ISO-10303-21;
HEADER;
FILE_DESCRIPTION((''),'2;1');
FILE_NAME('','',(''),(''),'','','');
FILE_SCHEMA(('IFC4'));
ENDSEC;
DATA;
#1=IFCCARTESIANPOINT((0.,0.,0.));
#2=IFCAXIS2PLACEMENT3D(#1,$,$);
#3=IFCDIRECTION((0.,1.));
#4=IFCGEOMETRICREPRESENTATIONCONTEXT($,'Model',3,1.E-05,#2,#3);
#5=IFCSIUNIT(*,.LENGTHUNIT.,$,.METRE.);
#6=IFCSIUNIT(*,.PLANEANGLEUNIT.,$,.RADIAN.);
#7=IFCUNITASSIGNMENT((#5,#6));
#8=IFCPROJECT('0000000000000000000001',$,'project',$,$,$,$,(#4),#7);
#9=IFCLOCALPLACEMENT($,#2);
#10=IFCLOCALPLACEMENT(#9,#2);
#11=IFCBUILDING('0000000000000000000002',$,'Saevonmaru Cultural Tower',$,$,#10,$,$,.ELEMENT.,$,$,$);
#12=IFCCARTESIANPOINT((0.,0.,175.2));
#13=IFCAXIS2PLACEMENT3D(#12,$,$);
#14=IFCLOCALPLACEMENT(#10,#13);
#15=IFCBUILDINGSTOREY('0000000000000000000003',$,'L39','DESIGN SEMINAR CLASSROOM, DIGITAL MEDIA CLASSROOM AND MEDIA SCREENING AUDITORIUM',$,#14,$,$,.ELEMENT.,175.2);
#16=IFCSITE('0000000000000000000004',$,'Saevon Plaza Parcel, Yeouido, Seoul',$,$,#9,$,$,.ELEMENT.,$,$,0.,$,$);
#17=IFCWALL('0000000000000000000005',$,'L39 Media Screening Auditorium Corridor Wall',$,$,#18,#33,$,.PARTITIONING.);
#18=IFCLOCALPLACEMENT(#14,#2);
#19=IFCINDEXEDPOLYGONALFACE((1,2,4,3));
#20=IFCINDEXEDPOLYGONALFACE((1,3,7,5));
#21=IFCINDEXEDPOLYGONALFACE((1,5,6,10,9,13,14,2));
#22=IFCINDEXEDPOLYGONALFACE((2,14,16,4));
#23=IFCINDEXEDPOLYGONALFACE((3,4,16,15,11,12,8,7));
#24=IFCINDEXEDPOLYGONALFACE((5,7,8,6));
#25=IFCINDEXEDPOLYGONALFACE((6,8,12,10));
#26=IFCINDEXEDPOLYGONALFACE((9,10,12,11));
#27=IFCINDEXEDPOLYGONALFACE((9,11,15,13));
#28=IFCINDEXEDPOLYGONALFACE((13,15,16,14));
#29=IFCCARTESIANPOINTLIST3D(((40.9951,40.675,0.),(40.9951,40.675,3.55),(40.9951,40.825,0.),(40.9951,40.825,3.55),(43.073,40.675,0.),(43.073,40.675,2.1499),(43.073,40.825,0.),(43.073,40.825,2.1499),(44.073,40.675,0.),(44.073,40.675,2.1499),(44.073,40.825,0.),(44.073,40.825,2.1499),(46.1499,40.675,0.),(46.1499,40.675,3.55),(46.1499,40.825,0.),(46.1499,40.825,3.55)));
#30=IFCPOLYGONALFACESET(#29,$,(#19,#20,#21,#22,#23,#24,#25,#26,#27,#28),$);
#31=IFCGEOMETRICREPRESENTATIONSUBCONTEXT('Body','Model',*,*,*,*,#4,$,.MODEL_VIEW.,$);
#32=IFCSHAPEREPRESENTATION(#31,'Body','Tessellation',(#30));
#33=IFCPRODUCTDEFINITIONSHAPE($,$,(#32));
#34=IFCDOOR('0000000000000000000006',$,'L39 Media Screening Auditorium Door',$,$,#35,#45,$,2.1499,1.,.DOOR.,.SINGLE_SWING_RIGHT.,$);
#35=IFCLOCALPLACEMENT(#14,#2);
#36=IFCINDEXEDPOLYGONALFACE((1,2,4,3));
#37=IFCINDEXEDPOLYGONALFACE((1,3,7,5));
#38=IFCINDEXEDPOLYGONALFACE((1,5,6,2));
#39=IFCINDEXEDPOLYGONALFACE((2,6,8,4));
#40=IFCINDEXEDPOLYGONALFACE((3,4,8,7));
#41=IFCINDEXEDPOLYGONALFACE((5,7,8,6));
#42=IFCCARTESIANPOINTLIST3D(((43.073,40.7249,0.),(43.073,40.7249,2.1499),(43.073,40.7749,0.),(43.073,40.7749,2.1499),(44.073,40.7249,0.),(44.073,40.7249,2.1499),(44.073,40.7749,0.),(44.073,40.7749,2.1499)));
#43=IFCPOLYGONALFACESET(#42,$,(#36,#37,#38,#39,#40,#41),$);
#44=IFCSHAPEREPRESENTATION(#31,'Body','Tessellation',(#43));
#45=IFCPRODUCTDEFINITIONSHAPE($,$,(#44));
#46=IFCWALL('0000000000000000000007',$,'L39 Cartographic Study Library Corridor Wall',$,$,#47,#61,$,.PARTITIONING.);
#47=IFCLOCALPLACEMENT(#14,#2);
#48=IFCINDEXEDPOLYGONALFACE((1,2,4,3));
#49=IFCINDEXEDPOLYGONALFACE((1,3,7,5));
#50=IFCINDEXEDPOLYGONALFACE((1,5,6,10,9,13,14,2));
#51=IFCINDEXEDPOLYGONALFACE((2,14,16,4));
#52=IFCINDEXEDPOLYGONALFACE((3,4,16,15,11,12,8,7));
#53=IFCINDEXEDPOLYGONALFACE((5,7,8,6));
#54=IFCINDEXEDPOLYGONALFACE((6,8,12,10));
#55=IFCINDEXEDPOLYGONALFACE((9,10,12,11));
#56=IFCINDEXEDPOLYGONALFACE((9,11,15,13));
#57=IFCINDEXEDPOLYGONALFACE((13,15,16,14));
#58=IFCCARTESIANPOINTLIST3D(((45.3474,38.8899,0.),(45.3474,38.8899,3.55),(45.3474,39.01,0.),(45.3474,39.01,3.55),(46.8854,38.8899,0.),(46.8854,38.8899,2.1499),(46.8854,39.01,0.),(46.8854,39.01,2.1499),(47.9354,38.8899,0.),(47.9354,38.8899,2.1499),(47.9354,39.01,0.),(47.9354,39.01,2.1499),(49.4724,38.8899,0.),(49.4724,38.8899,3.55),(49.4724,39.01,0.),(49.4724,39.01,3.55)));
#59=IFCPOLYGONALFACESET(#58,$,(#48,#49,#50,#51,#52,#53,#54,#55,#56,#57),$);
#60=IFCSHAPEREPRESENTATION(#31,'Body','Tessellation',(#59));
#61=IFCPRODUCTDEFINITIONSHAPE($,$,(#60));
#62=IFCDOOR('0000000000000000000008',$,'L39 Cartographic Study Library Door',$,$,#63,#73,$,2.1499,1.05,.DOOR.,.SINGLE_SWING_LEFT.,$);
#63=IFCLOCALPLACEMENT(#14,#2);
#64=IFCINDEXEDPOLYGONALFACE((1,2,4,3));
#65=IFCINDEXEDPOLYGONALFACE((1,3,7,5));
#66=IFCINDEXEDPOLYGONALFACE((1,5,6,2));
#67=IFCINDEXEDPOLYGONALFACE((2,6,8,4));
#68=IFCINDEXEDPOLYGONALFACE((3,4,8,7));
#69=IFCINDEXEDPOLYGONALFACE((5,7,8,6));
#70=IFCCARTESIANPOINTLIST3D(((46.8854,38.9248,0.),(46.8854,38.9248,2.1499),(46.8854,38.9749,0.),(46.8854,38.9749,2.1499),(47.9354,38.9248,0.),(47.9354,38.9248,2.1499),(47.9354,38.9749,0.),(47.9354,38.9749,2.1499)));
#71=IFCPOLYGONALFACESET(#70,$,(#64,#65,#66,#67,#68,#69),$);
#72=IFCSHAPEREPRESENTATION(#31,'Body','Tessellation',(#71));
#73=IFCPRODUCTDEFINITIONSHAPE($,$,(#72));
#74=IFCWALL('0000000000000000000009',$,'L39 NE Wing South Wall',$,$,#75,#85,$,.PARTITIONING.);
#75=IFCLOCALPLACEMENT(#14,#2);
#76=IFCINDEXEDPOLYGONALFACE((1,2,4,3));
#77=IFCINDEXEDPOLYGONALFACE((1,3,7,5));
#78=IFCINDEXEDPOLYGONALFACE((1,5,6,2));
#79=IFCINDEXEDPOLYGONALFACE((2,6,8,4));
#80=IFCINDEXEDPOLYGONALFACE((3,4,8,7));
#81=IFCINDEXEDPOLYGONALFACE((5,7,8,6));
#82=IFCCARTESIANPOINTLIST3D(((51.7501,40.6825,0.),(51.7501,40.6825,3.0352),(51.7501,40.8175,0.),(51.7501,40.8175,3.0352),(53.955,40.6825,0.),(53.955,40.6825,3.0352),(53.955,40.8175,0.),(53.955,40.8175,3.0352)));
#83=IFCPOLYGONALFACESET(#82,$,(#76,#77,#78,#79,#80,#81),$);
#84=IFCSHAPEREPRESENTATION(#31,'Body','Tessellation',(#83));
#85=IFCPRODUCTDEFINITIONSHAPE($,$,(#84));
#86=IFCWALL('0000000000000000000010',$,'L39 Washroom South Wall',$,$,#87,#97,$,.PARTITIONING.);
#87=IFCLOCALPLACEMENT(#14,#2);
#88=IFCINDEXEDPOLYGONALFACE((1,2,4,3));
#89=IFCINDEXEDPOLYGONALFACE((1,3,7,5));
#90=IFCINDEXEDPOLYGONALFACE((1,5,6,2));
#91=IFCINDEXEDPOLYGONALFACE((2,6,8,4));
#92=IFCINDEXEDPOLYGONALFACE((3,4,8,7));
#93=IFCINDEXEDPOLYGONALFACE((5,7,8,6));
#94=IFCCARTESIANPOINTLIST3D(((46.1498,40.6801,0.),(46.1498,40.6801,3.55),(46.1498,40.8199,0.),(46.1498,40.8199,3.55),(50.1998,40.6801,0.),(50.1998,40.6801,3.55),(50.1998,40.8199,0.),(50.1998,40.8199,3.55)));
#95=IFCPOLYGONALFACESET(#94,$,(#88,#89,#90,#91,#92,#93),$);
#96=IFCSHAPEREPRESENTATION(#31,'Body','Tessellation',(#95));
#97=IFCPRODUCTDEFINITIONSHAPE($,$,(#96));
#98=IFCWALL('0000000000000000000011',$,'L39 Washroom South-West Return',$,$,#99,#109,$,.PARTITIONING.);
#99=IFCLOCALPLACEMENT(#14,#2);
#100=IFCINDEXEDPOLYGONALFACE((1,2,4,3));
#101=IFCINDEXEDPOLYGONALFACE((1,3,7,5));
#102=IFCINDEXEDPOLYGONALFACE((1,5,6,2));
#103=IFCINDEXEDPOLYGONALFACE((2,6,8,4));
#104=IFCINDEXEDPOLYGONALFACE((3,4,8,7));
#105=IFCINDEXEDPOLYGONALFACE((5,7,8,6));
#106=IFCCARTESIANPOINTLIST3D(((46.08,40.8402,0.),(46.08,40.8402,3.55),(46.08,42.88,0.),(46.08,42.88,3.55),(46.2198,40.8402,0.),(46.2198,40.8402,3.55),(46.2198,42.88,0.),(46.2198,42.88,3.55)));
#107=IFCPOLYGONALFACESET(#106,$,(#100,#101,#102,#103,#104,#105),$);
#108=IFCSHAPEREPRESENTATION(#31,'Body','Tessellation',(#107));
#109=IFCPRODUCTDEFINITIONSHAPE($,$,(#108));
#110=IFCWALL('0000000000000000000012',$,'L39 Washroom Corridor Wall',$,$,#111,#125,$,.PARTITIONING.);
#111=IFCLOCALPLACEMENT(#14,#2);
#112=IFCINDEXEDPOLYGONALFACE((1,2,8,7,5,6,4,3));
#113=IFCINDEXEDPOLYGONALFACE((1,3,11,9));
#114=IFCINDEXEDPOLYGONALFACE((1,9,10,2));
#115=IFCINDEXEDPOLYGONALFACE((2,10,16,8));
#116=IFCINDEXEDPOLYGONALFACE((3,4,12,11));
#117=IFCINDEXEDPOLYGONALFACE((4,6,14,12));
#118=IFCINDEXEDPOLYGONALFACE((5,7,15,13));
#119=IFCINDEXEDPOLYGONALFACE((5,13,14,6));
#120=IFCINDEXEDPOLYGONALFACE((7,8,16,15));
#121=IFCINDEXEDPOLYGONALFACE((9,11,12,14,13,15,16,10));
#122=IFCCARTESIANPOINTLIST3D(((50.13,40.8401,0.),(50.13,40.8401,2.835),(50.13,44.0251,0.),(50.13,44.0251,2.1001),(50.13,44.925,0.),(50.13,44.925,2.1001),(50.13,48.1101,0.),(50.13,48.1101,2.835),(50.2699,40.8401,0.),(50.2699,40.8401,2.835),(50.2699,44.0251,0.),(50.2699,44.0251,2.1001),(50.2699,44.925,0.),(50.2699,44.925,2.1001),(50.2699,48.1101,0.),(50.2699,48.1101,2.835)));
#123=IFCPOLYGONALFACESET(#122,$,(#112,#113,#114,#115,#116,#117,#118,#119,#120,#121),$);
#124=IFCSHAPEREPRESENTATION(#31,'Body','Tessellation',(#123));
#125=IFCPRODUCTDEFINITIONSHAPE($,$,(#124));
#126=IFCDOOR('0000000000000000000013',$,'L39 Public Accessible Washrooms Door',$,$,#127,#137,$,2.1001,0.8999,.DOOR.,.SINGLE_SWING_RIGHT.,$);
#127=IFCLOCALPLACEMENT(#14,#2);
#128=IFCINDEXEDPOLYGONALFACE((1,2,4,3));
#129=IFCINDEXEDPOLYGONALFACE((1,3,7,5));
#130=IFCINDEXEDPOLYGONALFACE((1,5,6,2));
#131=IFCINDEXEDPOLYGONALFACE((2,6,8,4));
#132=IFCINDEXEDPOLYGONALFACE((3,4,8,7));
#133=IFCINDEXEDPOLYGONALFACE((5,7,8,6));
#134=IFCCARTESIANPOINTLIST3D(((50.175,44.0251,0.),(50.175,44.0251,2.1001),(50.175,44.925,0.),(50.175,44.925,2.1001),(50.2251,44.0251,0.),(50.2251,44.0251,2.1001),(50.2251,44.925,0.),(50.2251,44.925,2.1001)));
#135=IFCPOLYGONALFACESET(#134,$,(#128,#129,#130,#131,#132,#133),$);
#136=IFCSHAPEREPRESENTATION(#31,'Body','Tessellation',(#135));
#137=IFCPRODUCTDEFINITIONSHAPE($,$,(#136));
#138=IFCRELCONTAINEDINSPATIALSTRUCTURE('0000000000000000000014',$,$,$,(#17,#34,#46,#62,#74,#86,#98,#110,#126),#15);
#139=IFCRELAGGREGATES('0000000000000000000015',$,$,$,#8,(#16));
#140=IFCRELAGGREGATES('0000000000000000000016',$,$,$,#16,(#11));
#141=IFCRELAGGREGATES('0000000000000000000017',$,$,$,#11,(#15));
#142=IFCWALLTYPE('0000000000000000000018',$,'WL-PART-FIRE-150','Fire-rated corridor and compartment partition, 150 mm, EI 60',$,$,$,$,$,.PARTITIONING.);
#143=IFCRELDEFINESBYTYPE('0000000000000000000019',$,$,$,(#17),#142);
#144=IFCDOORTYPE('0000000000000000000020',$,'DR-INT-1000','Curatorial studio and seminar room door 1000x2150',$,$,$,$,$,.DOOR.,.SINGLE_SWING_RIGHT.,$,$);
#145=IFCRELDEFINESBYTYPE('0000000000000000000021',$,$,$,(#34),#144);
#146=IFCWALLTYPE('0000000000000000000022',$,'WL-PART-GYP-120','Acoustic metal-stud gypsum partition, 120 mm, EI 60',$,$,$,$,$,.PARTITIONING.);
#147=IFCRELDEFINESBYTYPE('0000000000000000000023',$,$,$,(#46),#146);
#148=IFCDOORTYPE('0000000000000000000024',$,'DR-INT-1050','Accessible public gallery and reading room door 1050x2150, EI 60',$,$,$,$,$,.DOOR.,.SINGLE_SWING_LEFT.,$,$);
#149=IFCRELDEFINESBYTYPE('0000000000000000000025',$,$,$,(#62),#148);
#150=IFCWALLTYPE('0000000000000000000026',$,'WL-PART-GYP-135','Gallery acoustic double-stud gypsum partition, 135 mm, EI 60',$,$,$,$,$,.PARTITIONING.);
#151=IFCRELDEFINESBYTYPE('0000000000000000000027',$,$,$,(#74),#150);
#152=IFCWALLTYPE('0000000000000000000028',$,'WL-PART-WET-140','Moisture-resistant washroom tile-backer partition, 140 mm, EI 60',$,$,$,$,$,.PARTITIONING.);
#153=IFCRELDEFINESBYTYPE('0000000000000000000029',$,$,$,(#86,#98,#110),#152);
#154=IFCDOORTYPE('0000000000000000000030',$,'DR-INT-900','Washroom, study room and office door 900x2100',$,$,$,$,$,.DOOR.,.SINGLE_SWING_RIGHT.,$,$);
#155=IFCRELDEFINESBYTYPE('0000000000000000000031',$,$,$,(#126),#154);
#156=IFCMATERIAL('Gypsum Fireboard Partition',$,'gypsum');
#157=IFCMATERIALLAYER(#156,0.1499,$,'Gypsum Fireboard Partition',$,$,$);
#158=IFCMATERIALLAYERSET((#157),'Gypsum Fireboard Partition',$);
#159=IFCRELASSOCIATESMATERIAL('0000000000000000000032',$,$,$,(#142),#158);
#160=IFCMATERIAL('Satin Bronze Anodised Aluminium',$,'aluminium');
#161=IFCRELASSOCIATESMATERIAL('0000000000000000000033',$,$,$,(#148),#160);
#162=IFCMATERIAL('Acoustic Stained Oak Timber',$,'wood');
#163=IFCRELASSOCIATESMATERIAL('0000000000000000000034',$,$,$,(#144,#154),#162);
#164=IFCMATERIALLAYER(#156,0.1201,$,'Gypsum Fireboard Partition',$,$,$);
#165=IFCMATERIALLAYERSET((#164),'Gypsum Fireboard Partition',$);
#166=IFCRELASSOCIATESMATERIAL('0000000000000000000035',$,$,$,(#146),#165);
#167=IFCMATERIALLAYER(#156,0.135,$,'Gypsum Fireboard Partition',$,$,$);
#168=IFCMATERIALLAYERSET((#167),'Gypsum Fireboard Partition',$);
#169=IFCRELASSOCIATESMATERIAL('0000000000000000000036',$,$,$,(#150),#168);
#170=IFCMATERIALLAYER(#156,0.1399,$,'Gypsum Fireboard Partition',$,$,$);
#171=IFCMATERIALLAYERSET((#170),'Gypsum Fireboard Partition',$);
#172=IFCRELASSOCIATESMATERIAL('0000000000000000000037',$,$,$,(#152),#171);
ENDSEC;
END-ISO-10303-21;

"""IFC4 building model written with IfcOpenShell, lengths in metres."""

from ifc_helpers import new_model, si_unit, direction, frame, frame_2d, origin, place, context, subcontext, project, spatial, rectangle, extrude, material, layer, layer_set, type_object, element, fill, save


model = new_model("IFC4")

# Units and contexts
model_context = context("Model", 3, precision=1e-05, world=origin(), true_north=direction((0.0, 1.0)))
body_context = subcontext(model_context, "Body", "Model", "MODEL_VIEW")
ifc_project = project(units=[si_unit("LENGTHUNIT", "METRE"), si_unit("PLANEANGLEUNIT", "RADIAN")], contexts=[model_context])

# Site, building, storey
site_placement = place(None, origin())
site = spatial("IfcSite", under=ifc_project, at=site_placement, Name="Saevon Plaza Parcel, Yeouido, Seoul", CompositionType="ELEMENT", RefElevation=0.0)
building_placement = place(site_placement, origin())
building = spatial("IfcBuilding", under=site, at=building_placement, Name="Saevonmaru Cultural Tower", CompositionType="ELEMENT")
storey_placement = place(building_placement, frame((0.0, 0.0, 175.2)))
storey = spatial("IfcBuildingStorey", under=building, at=storey_placement, Name="L39", Description="DESIGN SEMINAR CLASSROOM, DIGITAL MEDIA CLASSROOM AND MEDIA SCREENING AUDITORIUM", CompositionType="ELEMENT", Elevation=175.2)

# Shared definitions
ifc_material_1 = material(Name="Satin Bronze Anodised Aluminium", Category="aluminium")

# Shared definitions
ifc_material_2 = material(Name="Gypsum Fireboard Partition", Category="gypsum")
ifc_layer_1 = layer(ifc_material_2, 0.1499, Name="Gypsum Fireboard Partition")
ifc_layer_set_1 = layer_set([ifc_layer_1], Name="Gypsum Fireboard Partition")
wall_type_1 = type_object("IfcWallType", Name="WL-PART-FIRE-150", Description="Fire-rated corridor and compartment partition, 150 mm, EI 60", PredefinedType="PARTITIONING", material=ifc_layer_set_1)
door_type_1 = type_object("IfcDoorType", Name="DR-INT-1050", Description="Accessible public gallery and reading room door 1050x2150, EI 60", OperationType="SINGLE_SWING_LEFT", PredefinedType="DOOR", material=ifc_material_1)

# Walls, openings, doors
wall_1_placement = place(storey_placement, frame((40.9951, 40.75, 0.0), z_axis=(0.0, 0.0, 1.0), x_axis=(1.0, 0.0, 0.0)))
wall_1 = element("IfcWall", 1, at=wall_1_placement, inside=storey, type_object=wall_type_1, Name="L39 Media Screening Auditorium Corridor Wall", PredefinedType="PARTITIONING", context=body_context, shape_type="SweptSolid", body=[
    extrude(rectangle(XDim=5.1548, YDim=0.1499, at=frame_2d((2.5774, 0.0))), origin(), (0.0, 0.0, 1.0), 3.55),
])
opening_1_placement = place(wall_1_placement, frame((2.0779, 0.0, 0.0)))
opening_1 = element("IfcOpeningElement", 2, at=opening_1_placement, cuts=wall_1, PredefinedType="OPENING", context=body_context, shape_type="SweptSolid", body=[
    extrude(rectangle(XDim=1.0, YDim=2.1499, at=frame_2d((0.5, 1.075))), frame((0.0, 0.085, 0.0), z_axis=(0.0, -1.0, 0.0), x_axis=(1.0, 0.0, 0.0)), (0.0, 0.0, 1.0), 0.1699),
])
ifc_material_3 = material(Name="Acoustic Stained Oak Timber", Category="wood")
door_type_2 = type_object("IfcDoorType", Name="DR-INT-1000", Description="Curatorial studio and seminar room door 1000x2150", OperationType="SINGLE_SWING_RIGHT", PredefinedType="DOOR", material=ifc_material_3)
door_1_placement = place(opening_1_placement, origin())
door_1 = element("IfcDoor", 3, at=door_1_placement, inside=storey, type_object=door_type_2, Name="L39 Media Screening Auditorium Door", OperationType="SINGLE_SWING_RIGHT", OverallHeight=2.1499, OverallWidth=1.0, PredefinedType="DOOR", context=body_context, shape_type="SweptSolid", body=[
    extrude(rectangle(XDim=1.0, YDim=2.1499, at=frame_2d((0.5, 1.075))), frame((0.0, 0.0249, 0.0), z_axis=(0.0, -1.0, 0.0), x_axis=(1.0, 0.0, 0.0)), (0.0, 0.0, 1.0), 0.05),
])
fill(opening_1, door_1)
ifc_layer_2 = layer(ifc_material_2, 0.1201, Name="Gypsum Fireboard Partition")
ifc_layer_set_2 = layer_set([ifc_layer_2], Name="Gypsum Fireboard Partition")
wall_type_2 = type_object("IfcWallType", Name="WL-PART-GYP-120", Description="Acoustic metal-stud gypsum partition, 120 mm, EI 60", PredefinedType="PARTITIONING", material=ifc_layer_set_2)
wall_2_placement = place(storey_placement, frame((45.3474, 38.95, 0.0), z_axis=(0.0, 0.0, 1.0), x_axis=(1.0, 0.0, 0.0)))
wall_2 = element("IfcWall", 4, at=wall_2_placement, inside=storey, type_object=wall_type_2, Name="L39 Cartographic Study Library Corridor Wall", PredefinedType="PARTITIONING", context=body_context, shape_type="SweptSolid", body=[
    extrude(rectangle(XDim=4.125, YDim=0.1201, at=frame_2d((2.0625, 0.0))), origin(), (0.0, 0.0, 1.0), 3.55),
])
opening_2_placement = place(wall_2_placement, frame((1.5381, 0.0, 0.0)))
opening_2 = element("IfcOpeningElement", 5, at=opening_2_placement, cuts=wall_2, PredefinedType="OPENING", context=body_context, shape_type="SweptSolid", body=[
    extrude(rectangle(XDim=1.05, YDim=2.1499, at=frame_2d((0.5249, 1.075))), frame((0.0, 0.0701, 0.0), z_axis=(0.0, -1.0, 0.0), x_axis=(1.0, 0.0, 0.0)), (0.0, 0.0, 1.0), 0.1401),
])
door_2_placement = place(opening_2_placement, origin())
door_2 = element("IfcDoor", 6, at=door_2_placement, inside=storey, type_object=door_type_1, Name="L39 Cartographic Study Library Door", OperationType="SINGLE_SWING_LEFT", OverallHeight=2.1499, OverallWidth=1.05, PredefinedType="DOOR", context=body_context, shape_type="SweptSolid", body=[
    extrude(rectangle(XDim=1.05, YDim=2.1499, at=frame_2d((0.5249, 1.075))), frame((0.0, 0.0249, 0.0), z_axis=(0.0, -1.0, 0.0), x_axis=(1.0, 0.0, 0.0)), (0.0, 0.0, 1.0), 0.05),
])
fill(opening_2, door_2)

# Walls
ifc_layer_3 = layer(ifc_material_2, 0.135, Name="Gypsum Fireboard Partition")
ifc_layer_set_3 = layer_set([ifc_layer_3], Name="Gypsum Fireboard Partition")
wall_type_3 = type_object("IfcWallType", Name="WL-PART-GYP-135", Description="Gallery acoustic double-stud gypsum partition, 135 mm, EI 60", PredefinedType="PARTITIONING", material=ifc_layer_set_3)
wall_3_placement = place(storey_placement, frame((51.75, 40.75, 0.0), z_axis=(0.0, 0.0, 1.0), x_axis=(1.0, 0.0, 0.0)))
element("IfcWall", 7, at=wall_3_placement, inside=storey, type_object=wall_type_3, Name="L39 NE Wing South Wall", PredefinedType="PARTITIONING", context=body_context, shape_type="SweptSolid", body=[
    extrude(rectangle(XDim=2.2048, YDim=0.135, at=frame_2d((1.1025, 0.0))), origin(), (0.0, 0.0, 1.0), 3.0352),
])
ifc_layer_4 = layer(ifc_material_2, 0.1399, Name="Gypsum Fireboard Partition")
ifc_layer_set_4 = layer_set([ifc_layer_4], Name="Gypsum Fireboard Partition")
wall_type_4 = type_object("IfcWallType", Name="WL-PART-WET-140", Description="Moisture-resistant washroom tile-backer partition, 140 mm, EI 60", PredefinedType="PARTITIONING", material=ifc_layer_set_4)
wall_4_placement = place(storey_placement, frame((46.1499, 40.75, 0.0), z_axis=(0.0, 0.0, 1.0), x_axis=(1.0, 0.0, 0.0)))
element("IfcWall", 8, at=wall_4_placement, inside=storey, type_object=wall_type_4, Name="L39 Washroom South Wall", PredefinedType="PARTITIONING", context=body_context, shape_type="SweptSolid", body=[
    extrude(rectangle(XDim=4.05, YDim=0.1399, at=frame_2d((2.0249, 0.0))), origin(), (0.0, 0.0, 1.0), 3.55),
])
wall_5_placement = place(storey_placement, frame((46.1499, 40.8401, 0.0), z_axis=(0.0, 0.0, 1.0), x_axis=(0.0, 1.0, 0.0)))
element("IfcWall", 9, at=wall_5_placement, inside=storey, type_object=wall_type_4, Name="L39 Washroom South-West Return", PredefinedType="PARTITIONING", context=body_context, shape_type="SweptSolid", body=[
    extrude(rectangle(XDim=2.0398, YDim=0.1399, at=frame_2d((1.02, 0.0))), origin(), (0.0, 0.0, 1.0), 3.55),
])

# Wall, opening, door
wall_6_placement = place(storey_placement, frame((50.2, 40.8401, 0.0), z_axis=(0.0, 0.0, 1.0), x_axis=(0.0, 1.0, 0.0)))
wall_6 = element("IfcWall", 10, at=wall_6_placement, inside=storey, type_object=wall_type_4, Name="L39 Washroom Corridor Wall", PredefinedType="PARTITIONING", context=body_context, shape_type="SweptSolid", body=[
    extrude(rectangle(XDim=7.27, YDim=0.1399, at=frame_2d((3.635, 0.0))), origin(), (0.0, 0.0, 1.0), 2.835),
])
opening_3_placement = place(wall_6_placement, frame((3.1851, 0.0, 0.0)))
opening_3 = element("IfcOpeningElement", 11, at=opening_3_placement, cuts=wall_6, PredefinedType="OPENING", context=body_context, shape_type="SweptSolid", body=[
    extrude(rectangle(XDim=0.8999, YDim=2.1001, at=frame_2d((0.45, 1.05))), frame((0.0, 0.0801, 0.0), z_axis=(0.0, -1.0, 0.0), x_axis=(1.0, 0.0, 0.0)), (0.0, 0.0, 1.0), 0.1599),
])
door_type_3 = type_object("IfcDoorType", Name="DR-INT-900", Description="Washroom, study room and office door 900x2100", OperationType="SINGLE_SWING_RIGHT", PredefinedType="DOOR", material=ifc_material_3)
door_3_placement = place(opening_3_placement, origin())
door_3 = element("IfcDoor", 12, at=door_3_placement, inside=storey, type_object=door_type_3, Name="L39 Public Accessible Washrooms Door", OperationType="SINGLE_SWING_RIGHT", OverallHeight=2.1001, OverallWidth=0.8999, PredefinedType="DOOR", context=body_context, shape_type="SweptSolid", body=[
    extrude(rectangle(XDim=0.8999, YDim=2.1001, at=frame_2d((0.45, 1.05))), frame((0.0, 0.0249, 0.0), z_axis=(0.0, -1.0, 0.0), x_axis=(1.0, 0.0, 0.0)), (0.0, 0.0, 1.0), 0.05),
])
fill(opening_3, door_3)

save(model, "model.ifc")
